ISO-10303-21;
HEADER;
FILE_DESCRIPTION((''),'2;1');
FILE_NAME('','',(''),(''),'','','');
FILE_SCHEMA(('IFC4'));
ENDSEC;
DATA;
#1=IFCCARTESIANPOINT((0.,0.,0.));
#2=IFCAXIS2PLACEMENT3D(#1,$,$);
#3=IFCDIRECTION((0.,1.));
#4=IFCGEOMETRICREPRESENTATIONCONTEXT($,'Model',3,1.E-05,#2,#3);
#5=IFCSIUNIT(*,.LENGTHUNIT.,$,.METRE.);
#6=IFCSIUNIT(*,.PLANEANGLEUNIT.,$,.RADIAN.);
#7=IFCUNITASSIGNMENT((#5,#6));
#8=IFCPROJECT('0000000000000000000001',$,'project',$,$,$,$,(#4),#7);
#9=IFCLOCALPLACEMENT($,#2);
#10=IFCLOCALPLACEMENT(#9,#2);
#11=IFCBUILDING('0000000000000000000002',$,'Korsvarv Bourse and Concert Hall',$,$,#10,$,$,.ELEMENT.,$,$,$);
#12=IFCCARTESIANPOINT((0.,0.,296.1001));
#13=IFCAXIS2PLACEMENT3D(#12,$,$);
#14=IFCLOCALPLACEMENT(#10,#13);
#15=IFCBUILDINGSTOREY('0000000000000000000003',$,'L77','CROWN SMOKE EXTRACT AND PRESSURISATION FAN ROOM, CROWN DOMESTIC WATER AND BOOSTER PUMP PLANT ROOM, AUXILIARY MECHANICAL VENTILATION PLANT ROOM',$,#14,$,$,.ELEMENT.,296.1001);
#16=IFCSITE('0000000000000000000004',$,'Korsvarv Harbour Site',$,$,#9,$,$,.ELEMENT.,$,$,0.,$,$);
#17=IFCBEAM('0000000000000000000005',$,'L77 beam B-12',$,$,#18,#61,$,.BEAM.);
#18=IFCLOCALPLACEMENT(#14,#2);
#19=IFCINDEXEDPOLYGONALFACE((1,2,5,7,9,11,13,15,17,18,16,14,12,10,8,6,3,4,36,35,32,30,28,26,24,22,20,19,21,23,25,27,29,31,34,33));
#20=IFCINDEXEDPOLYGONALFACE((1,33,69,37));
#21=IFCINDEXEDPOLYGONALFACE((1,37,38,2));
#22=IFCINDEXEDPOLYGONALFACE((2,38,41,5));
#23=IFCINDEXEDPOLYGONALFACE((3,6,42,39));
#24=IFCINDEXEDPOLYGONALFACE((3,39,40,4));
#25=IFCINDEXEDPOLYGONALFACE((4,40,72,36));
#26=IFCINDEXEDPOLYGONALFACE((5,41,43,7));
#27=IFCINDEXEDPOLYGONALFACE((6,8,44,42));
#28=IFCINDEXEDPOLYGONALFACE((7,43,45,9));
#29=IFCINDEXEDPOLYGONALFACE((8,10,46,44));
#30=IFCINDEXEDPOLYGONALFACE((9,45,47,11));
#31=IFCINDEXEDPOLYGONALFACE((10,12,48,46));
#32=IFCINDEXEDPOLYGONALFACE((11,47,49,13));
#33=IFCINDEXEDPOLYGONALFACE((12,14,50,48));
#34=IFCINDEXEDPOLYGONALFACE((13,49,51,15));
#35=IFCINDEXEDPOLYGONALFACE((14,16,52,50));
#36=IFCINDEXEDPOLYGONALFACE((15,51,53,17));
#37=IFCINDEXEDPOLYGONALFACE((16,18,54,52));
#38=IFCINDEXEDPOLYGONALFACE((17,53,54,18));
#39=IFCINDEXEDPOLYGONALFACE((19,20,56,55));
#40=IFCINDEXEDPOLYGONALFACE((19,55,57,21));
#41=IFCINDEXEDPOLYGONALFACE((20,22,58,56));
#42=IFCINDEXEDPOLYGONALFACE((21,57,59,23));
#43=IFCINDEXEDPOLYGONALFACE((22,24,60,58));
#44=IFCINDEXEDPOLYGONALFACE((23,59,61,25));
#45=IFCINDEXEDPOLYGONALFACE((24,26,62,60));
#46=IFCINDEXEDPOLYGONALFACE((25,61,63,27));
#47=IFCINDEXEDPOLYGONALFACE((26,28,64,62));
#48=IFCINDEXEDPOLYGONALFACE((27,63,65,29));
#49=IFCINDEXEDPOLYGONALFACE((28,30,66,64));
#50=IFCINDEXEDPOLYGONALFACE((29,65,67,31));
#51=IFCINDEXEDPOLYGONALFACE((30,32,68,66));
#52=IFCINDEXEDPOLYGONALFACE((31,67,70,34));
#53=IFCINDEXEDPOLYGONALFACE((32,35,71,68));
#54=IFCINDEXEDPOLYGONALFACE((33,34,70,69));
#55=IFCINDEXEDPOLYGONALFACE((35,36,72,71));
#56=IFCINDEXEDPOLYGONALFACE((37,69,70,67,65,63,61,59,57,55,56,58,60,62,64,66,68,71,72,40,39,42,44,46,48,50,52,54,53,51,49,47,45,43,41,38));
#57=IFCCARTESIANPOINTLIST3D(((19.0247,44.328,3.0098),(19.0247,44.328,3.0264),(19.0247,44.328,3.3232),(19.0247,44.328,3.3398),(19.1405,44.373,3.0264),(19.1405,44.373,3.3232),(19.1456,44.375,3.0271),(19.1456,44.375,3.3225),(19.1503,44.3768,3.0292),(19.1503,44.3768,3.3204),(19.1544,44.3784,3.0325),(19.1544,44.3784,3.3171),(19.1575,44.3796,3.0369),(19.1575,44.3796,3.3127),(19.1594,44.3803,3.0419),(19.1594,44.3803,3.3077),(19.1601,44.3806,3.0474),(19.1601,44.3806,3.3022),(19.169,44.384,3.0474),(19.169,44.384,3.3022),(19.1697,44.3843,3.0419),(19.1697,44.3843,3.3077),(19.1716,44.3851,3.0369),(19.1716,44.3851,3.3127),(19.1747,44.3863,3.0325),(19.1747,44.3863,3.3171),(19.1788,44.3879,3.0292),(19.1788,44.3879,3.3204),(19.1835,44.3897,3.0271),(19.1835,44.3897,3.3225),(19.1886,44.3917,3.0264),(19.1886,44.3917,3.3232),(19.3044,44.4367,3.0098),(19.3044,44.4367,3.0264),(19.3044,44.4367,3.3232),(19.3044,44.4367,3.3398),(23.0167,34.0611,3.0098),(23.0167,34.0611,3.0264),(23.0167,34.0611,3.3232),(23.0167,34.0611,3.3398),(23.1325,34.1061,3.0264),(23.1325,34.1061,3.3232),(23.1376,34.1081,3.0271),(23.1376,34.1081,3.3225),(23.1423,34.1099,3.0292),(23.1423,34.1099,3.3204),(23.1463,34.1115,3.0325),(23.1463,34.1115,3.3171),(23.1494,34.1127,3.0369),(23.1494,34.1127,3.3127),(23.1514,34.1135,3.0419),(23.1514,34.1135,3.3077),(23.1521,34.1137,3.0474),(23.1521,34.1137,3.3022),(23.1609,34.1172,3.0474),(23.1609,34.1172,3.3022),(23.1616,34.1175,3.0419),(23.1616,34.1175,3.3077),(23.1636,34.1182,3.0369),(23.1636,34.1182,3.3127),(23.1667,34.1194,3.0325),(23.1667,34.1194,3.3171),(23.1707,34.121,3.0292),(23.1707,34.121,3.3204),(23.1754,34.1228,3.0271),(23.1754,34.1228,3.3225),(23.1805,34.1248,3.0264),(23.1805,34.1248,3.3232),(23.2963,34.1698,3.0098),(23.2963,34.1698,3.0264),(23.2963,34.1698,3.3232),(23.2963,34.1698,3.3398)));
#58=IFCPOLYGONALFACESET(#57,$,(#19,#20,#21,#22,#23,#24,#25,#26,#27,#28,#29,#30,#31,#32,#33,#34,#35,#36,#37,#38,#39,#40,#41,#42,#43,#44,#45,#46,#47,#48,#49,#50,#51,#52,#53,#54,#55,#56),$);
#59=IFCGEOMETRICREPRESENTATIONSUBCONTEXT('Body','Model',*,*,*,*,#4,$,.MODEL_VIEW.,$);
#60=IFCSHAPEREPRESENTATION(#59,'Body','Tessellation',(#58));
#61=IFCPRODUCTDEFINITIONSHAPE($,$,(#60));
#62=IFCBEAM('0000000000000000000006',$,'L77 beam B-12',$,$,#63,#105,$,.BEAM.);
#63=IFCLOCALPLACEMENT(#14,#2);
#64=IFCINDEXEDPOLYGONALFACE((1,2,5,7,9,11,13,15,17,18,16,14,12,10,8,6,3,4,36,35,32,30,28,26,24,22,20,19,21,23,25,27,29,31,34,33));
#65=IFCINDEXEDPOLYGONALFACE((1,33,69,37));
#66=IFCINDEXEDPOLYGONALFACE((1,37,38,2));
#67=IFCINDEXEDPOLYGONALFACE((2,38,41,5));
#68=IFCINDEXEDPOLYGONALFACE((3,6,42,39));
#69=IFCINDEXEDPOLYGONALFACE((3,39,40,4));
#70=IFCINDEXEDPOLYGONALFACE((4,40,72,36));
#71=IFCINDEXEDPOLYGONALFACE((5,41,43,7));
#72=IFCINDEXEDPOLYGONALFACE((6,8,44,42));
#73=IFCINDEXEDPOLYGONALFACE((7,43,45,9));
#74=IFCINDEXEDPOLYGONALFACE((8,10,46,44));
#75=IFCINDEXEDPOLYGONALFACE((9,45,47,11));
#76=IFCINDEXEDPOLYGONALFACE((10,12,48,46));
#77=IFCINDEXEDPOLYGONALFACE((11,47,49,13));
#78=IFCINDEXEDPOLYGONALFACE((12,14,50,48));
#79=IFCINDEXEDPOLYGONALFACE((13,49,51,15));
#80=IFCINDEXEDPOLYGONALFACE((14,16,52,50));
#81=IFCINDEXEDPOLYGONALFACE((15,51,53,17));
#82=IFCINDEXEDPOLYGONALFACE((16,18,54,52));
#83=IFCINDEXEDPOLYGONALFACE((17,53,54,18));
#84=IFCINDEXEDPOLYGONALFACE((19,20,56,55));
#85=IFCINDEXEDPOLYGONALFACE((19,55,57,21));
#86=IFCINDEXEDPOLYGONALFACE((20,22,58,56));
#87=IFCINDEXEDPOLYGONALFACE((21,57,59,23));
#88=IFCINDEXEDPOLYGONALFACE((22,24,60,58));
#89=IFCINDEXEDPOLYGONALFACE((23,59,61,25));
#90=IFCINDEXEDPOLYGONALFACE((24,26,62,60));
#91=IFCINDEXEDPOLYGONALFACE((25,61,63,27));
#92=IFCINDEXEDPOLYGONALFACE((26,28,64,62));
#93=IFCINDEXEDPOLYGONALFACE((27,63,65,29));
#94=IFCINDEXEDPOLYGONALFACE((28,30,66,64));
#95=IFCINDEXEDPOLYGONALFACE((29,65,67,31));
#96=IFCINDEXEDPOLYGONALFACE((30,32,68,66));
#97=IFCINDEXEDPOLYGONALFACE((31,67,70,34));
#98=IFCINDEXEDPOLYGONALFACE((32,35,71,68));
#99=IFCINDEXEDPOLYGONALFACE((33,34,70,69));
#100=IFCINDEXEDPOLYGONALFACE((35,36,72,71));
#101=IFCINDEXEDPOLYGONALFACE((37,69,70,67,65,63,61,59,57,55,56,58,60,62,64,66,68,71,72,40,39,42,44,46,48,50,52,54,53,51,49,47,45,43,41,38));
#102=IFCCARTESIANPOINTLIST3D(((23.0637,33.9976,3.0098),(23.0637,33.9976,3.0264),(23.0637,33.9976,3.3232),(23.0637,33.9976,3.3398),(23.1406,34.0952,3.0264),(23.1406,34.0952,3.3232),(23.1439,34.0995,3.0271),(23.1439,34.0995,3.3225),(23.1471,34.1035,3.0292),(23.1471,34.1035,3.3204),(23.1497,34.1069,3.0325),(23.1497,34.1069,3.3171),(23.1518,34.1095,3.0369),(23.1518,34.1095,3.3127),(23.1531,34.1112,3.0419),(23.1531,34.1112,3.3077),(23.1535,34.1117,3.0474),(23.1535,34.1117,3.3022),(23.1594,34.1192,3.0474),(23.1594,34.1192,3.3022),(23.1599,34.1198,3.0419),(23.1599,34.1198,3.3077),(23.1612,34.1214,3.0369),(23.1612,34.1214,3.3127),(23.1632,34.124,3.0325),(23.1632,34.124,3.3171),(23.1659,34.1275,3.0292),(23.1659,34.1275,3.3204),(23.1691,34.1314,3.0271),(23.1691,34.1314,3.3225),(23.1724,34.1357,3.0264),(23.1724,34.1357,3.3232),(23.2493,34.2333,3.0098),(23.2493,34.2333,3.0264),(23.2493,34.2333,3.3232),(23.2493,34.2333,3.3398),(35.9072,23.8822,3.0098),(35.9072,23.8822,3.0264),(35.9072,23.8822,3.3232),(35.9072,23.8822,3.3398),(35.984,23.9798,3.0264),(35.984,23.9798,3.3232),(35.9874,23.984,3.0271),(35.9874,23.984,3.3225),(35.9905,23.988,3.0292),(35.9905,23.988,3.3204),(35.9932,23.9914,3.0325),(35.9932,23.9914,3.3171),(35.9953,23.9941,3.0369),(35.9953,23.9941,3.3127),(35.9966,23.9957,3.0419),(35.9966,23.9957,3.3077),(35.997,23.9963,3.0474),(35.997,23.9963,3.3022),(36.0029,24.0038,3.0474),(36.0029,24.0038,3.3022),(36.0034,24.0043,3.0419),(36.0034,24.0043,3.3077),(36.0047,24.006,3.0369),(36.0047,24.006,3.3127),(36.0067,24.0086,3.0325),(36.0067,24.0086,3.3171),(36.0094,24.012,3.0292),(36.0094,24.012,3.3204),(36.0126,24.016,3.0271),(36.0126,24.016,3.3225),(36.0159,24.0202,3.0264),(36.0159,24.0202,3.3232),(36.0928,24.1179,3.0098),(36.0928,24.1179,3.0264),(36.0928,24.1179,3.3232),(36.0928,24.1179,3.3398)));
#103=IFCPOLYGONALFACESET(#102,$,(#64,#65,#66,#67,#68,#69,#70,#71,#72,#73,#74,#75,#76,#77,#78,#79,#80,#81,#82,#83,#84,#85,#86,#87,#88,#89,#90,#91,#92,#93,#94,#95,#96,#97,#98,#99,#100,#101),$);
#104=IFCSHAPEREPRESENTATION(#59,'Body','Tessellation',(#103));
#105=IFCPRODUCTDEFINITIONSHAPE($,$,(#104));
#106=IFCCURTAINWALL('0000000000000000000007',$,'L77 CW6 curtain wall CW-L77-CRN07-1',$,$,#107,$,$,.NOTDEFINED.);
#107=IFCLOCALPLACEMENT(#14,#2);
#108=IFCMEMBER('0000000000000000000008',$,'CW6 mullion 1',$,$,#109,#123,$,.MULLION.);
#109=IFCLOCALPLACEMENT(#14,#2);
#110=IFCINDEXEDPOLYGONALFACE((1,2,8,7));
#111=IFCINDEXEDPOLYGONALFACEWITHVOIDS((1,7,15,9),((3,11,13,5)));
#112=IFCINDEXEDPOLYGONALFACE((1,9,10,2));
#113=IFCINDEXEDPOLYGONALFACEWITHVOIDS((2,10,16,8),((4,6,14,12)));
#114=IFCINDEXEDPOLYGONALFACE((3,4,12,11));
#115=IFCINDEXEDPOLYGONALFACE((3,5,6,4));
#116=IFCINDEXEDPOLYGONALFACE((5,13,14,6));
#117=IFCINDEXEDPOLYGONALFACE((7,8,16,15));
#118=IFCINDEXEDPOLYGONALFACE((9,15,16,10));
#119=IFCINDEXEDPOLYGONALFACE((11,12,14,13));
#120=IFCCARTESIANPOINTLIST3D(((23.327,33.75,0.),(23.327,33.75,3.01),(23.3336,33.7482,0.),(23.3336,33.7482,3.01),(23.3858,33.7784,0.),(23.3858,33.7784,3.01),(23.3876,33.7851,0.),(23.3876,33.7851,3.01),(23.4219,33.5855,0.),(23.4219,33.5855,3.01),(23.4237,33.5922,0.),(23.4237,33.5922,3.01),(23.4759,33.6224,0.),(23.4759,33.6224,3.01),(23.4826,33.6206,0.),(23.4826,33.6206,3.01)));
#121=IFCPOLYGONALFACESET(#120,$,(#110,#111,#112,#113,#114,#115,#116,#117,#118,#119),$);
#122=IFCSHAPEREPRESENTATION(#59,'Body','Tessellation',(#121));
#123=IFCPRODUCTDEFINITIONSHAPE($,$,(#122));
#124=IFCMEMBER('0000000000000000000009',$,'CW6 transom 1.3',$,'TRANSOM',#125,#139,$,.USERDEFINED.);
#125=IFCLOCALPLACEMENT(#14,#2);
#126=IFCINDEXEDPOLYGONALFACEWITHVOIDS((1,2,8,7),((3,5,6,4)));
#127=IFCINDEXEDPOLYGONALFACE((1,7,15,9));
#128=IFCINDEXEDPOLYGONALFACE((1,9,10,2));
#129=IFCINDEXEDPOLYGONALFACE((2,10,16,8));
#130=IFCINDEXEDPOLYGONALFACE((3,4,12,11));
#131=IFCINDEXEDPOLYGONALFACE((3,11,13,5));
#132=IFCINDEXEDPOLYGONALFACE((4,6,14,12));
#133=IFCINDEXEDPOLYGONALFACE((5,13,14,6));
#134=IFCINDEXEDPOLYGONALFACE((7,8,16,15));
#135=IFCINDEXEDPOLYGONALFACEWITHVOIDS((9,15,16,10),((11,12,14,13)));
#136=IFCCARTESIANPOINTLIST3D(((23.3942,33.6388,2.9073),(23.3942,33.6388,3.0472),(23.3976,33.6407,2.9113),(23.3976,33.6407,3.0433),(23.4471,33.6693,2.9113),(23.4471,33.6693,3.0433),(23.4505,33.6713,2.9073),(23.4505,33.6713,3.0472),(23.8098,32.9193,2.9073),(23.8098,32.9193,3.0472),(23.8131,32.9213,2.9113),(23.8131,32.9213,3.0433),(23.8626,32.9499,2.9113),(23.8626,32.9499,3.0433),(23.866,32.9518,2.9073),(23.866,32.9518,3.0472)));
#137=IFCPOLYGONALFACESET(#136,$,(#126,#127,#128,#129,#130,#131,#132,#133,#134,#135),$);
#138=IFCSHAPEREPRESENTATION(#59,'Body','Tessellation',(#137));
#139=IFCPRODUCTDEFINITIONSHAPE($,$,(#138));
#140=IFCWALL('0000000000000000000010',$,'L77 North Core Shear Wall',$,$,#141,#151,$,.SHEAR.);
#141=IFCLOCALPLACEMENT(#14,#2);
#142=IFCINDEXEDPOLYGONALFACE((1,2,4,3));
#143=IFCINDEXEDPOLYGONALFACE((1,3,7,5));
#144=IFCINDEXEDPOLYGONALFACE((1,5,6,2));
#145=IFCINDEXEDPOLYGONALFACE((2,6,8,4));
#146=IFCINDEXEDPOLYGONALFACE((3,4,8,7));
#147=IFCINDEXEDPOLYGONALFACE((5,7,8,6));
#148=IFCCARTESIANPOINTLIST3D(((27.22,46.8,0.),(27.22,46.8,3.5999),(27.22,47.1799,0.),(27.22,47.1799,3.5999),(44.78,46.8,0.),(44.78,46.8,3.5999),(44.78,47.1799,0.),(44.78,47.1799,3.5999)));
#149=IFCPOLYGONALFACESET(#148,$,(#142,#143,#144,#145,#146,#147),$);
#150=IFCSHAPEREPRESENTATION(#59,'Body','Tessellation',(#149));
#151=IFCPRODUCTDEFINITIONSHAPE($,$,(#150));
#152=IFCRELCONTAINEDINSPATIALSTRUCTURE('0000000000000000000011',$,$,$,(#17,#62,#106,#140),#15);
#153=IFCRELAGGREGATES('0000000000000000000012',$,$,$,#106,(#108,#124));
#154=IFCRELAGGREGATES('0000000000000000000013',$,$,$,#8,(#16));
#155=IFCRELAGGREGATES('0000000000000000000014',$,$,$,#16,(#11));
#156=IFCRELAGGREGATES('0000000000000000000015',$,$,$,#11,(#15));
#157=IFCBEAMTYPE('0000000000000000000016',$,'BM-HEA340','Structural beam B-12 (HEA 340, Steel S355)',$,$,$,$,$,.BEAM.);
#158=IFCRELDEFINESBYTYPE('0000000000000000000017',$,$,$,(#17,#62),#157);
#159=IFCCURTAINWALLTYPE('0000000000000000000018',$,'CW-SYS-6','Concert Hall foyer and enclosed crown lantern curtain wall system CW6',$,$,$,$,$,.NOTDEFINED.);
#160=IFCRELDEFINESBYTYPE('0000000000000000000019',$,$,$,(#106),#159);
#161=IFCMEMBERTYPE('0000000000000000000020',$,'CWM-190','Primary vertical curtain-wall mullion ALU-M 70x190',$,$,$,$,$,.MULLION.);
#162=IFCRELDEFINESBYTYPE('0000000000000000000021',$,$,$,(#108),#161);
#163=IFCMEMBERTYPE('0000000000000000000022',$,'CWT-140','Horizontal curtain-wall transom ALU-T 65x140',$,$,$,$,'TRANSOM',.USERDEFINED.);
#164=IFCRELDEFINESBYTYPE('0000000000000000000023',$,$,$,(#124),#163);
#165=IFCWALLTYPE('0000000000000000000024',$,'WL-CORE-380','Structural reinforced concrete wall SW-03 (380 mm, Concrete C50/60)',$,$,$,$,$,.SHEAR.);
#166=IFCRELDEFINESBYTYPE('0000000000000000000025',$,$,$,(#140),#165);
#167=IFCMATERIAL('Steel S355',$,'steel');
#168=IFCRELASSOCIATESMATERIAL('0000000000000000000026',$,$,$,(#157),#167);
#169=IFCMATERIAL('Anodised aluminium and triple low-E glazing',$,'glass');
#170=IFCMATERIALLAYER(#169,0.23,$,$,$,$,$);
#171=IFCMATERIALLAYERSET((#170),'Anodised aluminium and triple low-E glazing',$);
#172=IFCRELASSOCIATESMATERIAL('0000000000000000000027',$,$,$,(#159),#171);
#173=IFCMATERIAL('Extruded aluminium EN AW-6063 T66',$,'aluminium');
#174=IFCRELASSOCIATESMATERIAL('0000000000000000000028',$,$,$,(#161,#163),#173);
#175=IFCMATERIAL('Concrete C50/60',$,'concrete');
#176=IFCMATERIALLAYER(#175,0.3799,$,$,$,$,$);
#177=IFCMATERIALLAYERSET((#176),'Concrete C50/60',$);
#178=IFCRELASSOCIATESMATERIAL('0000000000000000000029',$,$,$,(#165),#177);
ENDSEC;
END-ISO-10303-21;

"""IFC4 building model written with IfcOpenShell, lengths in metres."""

from ifc_helpers import new_model, si_unit, direction, frame, frame_2d, origin, origin_2d, place, context, subcontext, project, spatial, rectangle, hollow_rectangle, i_section, extrude, source, transform, mapped, material, layer, layer_set, material_profile, profile_set, type_object, element, aggregate, save


model = new_model("IFC4")

# Units and contexts
model_context = context("Model", 3, precision=1e-05, world=origin(), true_north=direction((0.0, 1.0)))
body_context = subcontext(model_context, "Body", "Model", "MODEL_VIEW")
ifc_project = project(units=[si_unit("LENGTHUNIT", "METRE"), si_unit("PLANEANGLEUNIT", "RADIAN")], contexts=[model_context])

# Site, building, storey
site_placement = place(None, origin())
site = spatial("IfcSite", under=ifc_project, at=site_placement, Name="Korsvarv Harbour Site", CompositionType="ELEMENT", RefElevation=0.0)
building_placement = place(site_placement, origin())
building = spatial("IfcBuilding", under=site, at=building_placement, Name="Korsvarv Bourse and Concert Hall", CompositionType="ELEMENT")
storey_placement = place(building_placement, frame((0.0, 0.0, 296.1001)))
storey = spatial("IfcBuildingStorey", under=building, at=storey_placement, Name="L77", Description="CROWN SMOKE EXTRACT AND PRESSURISATION FAN ROOM, CROWN DOMESTIC WATER AND BOOSTER PUMP PLANT ROOM, AUXILIARY MECHANICAL VENTILATION PLANT ROOM", CompositionType="ELEMENT", Elevation=296.1001)

# Shared definitions
ifc_material_1 = material(Name="Concrete C50/60", Category="concrete")

# Beams
ifc_material_2 = material(Name="Steel S355", Category="steel")
ifc_material_profile_1 = material_profile(ifc_material_2, i_section(OverallWidth=0.3, OverallDepth=0.3301, WebThickness=0.0095, FlangeThickness=0.0166, FilletRadius=0.021, at=origin_2d()), Name="HEA 340")
ifc_profile_set_1 = profile_set([ifc_material_profile_1], Name="Steel S355")
beam_type = type_object("IfcBeamType", Name="BM-HEA340", Description="Structural beam B-12 (HEA 340, Steel S355)", PredefinedType="BEAM", material=ifc_profile_set_1)
shared_shape_1 = source(origin(), body_context, "Body", "SweptSolid", [
    extrude(i_section(OverallWidth=0.3, OverallDepth=0.3301, WebThickness=0.0095, FlangeThickness=0.0166, FilletRadius=0.021, at=origin_2d()), origin(), (0.0, 0.0, 1.0), 11.0156),
])
beam_1_placement = place(storey_placement, frame((19.1646, 44.3823, 3.1748), z_axis=(0.36239, -0.932027, 0.0), x_axis=(0.932027, 0.36239, 0.0)))
element("IfcBeam", 1, at=beam_1_placement, inside=storey, type_object=beam_type, Name="L77 beam B-12", PredefinedType="BEAM", context=body_context, shape_type="MappedRepresentation", body=[
    mapped(shared_shape_1, transform((0.0, 0.0, 0.0), scale=1.0)),
])
shared_shape_2 = source(origin(), body_context, "Body", "SweptSolid", [
    extrude(i_section(OverallWidth=0.3, OverallDepth=0.3301, WebThickness=0.0095, FlangeThickness=0.0166, FilletRadius=0.021, at=origin_2d()), origin(), (0.0, 0.0, 1.0), 16.3486),
])
beam_2_placement = place(storey_placement, frame((23.1565, 34.1155, 3.1748), z_axis=(0.7856, -0.618735, 0.0), x_axis=(0.618735, 0.7856, 0.0)))
element("IfcBeam", 2, at=beam_2_placement, inside=storey, type_object=beam_type, Name="L77 beam B-12", PredefinedType="BEAM", context=body_context, shape_type="MappedRepresentation", body=[
    mapped(shared_shape_2, transform((0.0, 0.0, 0.0), scale=1.0)),
])

# Curtain wall, members
ifc_material_3 = material(Name="Anodised aluminium and triple low-E glazing", Category="glass")
ifc_layer_1 = layer(ifc_material_3, 0.23)
ifc_layer_set_1 = layer_set([ifc_layer_1], Name="Anodised aluminium and triple low-E glazing")
curtain_wall_type = type_object("IfcCurtainWallType", Name="CW-SYS-6", Description="Concert Hall foyer and enclosed crown lantern curtain wall system CW6", PredefinedType="NOTDEFINED", material=ifc_layer_set_1)
curtain_wall_placement = place(storey_placement, origin())
curtain_wall = element("IfcCurtainWall", 3, at=curtain_wall_placement, inside=storey, type_object=curtain_wall_type, Name="L77 CW6 curtain wall CW-L77-CRN07-1", PredefinedType="NOTDEFINED")
ifc_material_4 = material(Name="Extruded aluminium EN AW-6063 T66", Category="aluminium")
ifc_material_profile_2 = material_profile(ifc_material_4, hollow_rectangle(XDim=0.0701, YDim=0.1899, WallThickness=0.0049, at=origin_2d()), Name="ALU-M 70x190")
ifc_profile_set_2 = profile_set([ifc_material_profile_2], Name="Extruded aluminium EN AW-6063 T66")
member_type_1 = type_object("IfcMemberType", Name="CWM-190", Description="Primary vertical curtain-wall mullion ALU-M 70x190", PredefinedType="MULLION", material=ifc_profile_set_2)
shared_shape_3 = source(origin(), body_context, "Body", "SweptSolid", [
    extrude(hollow_rectangle(XDim=0.0701, YDim=0.1899, WallThickness=0.0049, at=origin_2d()), origin(), (0.0, 0.0, 1.0), 3.01),
])
member_1_placement = place(storey_placement, frame((23.4048, 33.6853, 0.0), z_axis=(0.0, 0.0, 1.0), x_axis=(0.86599, 0.500061, 0.0)))
member_1 = element("IfcMember", 4, at=member_1_placement, type_object=member_type_1, Name="CW6 mullion 1", PredefinedType="MULLION", context=body_context, shape_type="MappedRepresentation", body=[
    mapped(shared_shape_3, transform((0.0, 0.0, 0.0), scale=1.0)),
])
ifc_material_profile_3 = material_profile(ifc_material_4, hollow_rectangle(XDim=0.0649, YDim=0.1399, WallThickness=0.0039, at=origin_2d()), Name="ALU-T 65x140")
ifc_profile_set_3 = profile_set([ifc_material_profile_3], Name="Extruded aluminium EN AW-6063 T66")
member_type_2 = type_object("IfcMemberType", Name="CWT-140", Description="Horizontal curtain-wall transom ALU-T 65x140", ElementType="TRANSOM", PredefinedType="USERDEFINED", material=ifc_profile_set_3)
shared_shape_4 = source(origin(), body_context, "Body", "SweptSolid", [
    extrude(hollow_rectangle(XDim=0.0649, YDim=0.1399, WallThickness=0.0039, at=origin_2d()), origin(), (0.0, 0.0, 1.0), 0.8308),
])
member_2_placement = place(storey_placement, frame((23.4224, 33.655, 2.9773), z_axis=(0.500121, -0.865956, 0.0), x_axis=(0.865956, 0.500121, 0.0)))
member_2 = element("IfcMember", 5, at=member_2_placement, type_object=member_type_2, Name="CW6 transom 1.3", ObjectType="TRANSOM", PredefinedType="USERDEFINED", context=body_context, shape_type="MappedRepresentation", body=[
    mapped(shared_shape_4, transform((0.0, 0.0, 0.0), scale=1.0)),
])
aggregate(curtain_wall, [member_1, member_2])

# Wall
ifc_layer_2 = layer(ifc_material_1, 0.3799)
ifc_layer_set_2 = layer_set([ifc_layer_2], Name="Concrete C50/60")
wall_type_1 = type_object("IfcWallType", Name="WL-CORE-380", Description="Structural reinforced concrete wall SW-03 (380 mm, Concrete C50/60)", PredefinedType="SHEAR", material=ifc_layer_set_2)
wall_1_placement = place(storey_placement, frame((27.22, 46.99, 0.0), z_axis=(0.0, 0.0, 1.0), x_axis=(1.0, 0.0, 0.0)))
element("IfcWall", 6, at=wall_1_placement, inside=storey, type_object=wall_type_1, Name="L77 North Core Shear Wall", PredefinedType="SHEAR", context=body_context, shape_type="SweptSolid", body=[
    extrude(rectangle(XDim=17.5601, YDim=0.3799, at=frame_2d((8.78, 0.0))), origin(), (0.0, 0.0, 1.0), 3.5999),
])

save(model, "model.ifc")
